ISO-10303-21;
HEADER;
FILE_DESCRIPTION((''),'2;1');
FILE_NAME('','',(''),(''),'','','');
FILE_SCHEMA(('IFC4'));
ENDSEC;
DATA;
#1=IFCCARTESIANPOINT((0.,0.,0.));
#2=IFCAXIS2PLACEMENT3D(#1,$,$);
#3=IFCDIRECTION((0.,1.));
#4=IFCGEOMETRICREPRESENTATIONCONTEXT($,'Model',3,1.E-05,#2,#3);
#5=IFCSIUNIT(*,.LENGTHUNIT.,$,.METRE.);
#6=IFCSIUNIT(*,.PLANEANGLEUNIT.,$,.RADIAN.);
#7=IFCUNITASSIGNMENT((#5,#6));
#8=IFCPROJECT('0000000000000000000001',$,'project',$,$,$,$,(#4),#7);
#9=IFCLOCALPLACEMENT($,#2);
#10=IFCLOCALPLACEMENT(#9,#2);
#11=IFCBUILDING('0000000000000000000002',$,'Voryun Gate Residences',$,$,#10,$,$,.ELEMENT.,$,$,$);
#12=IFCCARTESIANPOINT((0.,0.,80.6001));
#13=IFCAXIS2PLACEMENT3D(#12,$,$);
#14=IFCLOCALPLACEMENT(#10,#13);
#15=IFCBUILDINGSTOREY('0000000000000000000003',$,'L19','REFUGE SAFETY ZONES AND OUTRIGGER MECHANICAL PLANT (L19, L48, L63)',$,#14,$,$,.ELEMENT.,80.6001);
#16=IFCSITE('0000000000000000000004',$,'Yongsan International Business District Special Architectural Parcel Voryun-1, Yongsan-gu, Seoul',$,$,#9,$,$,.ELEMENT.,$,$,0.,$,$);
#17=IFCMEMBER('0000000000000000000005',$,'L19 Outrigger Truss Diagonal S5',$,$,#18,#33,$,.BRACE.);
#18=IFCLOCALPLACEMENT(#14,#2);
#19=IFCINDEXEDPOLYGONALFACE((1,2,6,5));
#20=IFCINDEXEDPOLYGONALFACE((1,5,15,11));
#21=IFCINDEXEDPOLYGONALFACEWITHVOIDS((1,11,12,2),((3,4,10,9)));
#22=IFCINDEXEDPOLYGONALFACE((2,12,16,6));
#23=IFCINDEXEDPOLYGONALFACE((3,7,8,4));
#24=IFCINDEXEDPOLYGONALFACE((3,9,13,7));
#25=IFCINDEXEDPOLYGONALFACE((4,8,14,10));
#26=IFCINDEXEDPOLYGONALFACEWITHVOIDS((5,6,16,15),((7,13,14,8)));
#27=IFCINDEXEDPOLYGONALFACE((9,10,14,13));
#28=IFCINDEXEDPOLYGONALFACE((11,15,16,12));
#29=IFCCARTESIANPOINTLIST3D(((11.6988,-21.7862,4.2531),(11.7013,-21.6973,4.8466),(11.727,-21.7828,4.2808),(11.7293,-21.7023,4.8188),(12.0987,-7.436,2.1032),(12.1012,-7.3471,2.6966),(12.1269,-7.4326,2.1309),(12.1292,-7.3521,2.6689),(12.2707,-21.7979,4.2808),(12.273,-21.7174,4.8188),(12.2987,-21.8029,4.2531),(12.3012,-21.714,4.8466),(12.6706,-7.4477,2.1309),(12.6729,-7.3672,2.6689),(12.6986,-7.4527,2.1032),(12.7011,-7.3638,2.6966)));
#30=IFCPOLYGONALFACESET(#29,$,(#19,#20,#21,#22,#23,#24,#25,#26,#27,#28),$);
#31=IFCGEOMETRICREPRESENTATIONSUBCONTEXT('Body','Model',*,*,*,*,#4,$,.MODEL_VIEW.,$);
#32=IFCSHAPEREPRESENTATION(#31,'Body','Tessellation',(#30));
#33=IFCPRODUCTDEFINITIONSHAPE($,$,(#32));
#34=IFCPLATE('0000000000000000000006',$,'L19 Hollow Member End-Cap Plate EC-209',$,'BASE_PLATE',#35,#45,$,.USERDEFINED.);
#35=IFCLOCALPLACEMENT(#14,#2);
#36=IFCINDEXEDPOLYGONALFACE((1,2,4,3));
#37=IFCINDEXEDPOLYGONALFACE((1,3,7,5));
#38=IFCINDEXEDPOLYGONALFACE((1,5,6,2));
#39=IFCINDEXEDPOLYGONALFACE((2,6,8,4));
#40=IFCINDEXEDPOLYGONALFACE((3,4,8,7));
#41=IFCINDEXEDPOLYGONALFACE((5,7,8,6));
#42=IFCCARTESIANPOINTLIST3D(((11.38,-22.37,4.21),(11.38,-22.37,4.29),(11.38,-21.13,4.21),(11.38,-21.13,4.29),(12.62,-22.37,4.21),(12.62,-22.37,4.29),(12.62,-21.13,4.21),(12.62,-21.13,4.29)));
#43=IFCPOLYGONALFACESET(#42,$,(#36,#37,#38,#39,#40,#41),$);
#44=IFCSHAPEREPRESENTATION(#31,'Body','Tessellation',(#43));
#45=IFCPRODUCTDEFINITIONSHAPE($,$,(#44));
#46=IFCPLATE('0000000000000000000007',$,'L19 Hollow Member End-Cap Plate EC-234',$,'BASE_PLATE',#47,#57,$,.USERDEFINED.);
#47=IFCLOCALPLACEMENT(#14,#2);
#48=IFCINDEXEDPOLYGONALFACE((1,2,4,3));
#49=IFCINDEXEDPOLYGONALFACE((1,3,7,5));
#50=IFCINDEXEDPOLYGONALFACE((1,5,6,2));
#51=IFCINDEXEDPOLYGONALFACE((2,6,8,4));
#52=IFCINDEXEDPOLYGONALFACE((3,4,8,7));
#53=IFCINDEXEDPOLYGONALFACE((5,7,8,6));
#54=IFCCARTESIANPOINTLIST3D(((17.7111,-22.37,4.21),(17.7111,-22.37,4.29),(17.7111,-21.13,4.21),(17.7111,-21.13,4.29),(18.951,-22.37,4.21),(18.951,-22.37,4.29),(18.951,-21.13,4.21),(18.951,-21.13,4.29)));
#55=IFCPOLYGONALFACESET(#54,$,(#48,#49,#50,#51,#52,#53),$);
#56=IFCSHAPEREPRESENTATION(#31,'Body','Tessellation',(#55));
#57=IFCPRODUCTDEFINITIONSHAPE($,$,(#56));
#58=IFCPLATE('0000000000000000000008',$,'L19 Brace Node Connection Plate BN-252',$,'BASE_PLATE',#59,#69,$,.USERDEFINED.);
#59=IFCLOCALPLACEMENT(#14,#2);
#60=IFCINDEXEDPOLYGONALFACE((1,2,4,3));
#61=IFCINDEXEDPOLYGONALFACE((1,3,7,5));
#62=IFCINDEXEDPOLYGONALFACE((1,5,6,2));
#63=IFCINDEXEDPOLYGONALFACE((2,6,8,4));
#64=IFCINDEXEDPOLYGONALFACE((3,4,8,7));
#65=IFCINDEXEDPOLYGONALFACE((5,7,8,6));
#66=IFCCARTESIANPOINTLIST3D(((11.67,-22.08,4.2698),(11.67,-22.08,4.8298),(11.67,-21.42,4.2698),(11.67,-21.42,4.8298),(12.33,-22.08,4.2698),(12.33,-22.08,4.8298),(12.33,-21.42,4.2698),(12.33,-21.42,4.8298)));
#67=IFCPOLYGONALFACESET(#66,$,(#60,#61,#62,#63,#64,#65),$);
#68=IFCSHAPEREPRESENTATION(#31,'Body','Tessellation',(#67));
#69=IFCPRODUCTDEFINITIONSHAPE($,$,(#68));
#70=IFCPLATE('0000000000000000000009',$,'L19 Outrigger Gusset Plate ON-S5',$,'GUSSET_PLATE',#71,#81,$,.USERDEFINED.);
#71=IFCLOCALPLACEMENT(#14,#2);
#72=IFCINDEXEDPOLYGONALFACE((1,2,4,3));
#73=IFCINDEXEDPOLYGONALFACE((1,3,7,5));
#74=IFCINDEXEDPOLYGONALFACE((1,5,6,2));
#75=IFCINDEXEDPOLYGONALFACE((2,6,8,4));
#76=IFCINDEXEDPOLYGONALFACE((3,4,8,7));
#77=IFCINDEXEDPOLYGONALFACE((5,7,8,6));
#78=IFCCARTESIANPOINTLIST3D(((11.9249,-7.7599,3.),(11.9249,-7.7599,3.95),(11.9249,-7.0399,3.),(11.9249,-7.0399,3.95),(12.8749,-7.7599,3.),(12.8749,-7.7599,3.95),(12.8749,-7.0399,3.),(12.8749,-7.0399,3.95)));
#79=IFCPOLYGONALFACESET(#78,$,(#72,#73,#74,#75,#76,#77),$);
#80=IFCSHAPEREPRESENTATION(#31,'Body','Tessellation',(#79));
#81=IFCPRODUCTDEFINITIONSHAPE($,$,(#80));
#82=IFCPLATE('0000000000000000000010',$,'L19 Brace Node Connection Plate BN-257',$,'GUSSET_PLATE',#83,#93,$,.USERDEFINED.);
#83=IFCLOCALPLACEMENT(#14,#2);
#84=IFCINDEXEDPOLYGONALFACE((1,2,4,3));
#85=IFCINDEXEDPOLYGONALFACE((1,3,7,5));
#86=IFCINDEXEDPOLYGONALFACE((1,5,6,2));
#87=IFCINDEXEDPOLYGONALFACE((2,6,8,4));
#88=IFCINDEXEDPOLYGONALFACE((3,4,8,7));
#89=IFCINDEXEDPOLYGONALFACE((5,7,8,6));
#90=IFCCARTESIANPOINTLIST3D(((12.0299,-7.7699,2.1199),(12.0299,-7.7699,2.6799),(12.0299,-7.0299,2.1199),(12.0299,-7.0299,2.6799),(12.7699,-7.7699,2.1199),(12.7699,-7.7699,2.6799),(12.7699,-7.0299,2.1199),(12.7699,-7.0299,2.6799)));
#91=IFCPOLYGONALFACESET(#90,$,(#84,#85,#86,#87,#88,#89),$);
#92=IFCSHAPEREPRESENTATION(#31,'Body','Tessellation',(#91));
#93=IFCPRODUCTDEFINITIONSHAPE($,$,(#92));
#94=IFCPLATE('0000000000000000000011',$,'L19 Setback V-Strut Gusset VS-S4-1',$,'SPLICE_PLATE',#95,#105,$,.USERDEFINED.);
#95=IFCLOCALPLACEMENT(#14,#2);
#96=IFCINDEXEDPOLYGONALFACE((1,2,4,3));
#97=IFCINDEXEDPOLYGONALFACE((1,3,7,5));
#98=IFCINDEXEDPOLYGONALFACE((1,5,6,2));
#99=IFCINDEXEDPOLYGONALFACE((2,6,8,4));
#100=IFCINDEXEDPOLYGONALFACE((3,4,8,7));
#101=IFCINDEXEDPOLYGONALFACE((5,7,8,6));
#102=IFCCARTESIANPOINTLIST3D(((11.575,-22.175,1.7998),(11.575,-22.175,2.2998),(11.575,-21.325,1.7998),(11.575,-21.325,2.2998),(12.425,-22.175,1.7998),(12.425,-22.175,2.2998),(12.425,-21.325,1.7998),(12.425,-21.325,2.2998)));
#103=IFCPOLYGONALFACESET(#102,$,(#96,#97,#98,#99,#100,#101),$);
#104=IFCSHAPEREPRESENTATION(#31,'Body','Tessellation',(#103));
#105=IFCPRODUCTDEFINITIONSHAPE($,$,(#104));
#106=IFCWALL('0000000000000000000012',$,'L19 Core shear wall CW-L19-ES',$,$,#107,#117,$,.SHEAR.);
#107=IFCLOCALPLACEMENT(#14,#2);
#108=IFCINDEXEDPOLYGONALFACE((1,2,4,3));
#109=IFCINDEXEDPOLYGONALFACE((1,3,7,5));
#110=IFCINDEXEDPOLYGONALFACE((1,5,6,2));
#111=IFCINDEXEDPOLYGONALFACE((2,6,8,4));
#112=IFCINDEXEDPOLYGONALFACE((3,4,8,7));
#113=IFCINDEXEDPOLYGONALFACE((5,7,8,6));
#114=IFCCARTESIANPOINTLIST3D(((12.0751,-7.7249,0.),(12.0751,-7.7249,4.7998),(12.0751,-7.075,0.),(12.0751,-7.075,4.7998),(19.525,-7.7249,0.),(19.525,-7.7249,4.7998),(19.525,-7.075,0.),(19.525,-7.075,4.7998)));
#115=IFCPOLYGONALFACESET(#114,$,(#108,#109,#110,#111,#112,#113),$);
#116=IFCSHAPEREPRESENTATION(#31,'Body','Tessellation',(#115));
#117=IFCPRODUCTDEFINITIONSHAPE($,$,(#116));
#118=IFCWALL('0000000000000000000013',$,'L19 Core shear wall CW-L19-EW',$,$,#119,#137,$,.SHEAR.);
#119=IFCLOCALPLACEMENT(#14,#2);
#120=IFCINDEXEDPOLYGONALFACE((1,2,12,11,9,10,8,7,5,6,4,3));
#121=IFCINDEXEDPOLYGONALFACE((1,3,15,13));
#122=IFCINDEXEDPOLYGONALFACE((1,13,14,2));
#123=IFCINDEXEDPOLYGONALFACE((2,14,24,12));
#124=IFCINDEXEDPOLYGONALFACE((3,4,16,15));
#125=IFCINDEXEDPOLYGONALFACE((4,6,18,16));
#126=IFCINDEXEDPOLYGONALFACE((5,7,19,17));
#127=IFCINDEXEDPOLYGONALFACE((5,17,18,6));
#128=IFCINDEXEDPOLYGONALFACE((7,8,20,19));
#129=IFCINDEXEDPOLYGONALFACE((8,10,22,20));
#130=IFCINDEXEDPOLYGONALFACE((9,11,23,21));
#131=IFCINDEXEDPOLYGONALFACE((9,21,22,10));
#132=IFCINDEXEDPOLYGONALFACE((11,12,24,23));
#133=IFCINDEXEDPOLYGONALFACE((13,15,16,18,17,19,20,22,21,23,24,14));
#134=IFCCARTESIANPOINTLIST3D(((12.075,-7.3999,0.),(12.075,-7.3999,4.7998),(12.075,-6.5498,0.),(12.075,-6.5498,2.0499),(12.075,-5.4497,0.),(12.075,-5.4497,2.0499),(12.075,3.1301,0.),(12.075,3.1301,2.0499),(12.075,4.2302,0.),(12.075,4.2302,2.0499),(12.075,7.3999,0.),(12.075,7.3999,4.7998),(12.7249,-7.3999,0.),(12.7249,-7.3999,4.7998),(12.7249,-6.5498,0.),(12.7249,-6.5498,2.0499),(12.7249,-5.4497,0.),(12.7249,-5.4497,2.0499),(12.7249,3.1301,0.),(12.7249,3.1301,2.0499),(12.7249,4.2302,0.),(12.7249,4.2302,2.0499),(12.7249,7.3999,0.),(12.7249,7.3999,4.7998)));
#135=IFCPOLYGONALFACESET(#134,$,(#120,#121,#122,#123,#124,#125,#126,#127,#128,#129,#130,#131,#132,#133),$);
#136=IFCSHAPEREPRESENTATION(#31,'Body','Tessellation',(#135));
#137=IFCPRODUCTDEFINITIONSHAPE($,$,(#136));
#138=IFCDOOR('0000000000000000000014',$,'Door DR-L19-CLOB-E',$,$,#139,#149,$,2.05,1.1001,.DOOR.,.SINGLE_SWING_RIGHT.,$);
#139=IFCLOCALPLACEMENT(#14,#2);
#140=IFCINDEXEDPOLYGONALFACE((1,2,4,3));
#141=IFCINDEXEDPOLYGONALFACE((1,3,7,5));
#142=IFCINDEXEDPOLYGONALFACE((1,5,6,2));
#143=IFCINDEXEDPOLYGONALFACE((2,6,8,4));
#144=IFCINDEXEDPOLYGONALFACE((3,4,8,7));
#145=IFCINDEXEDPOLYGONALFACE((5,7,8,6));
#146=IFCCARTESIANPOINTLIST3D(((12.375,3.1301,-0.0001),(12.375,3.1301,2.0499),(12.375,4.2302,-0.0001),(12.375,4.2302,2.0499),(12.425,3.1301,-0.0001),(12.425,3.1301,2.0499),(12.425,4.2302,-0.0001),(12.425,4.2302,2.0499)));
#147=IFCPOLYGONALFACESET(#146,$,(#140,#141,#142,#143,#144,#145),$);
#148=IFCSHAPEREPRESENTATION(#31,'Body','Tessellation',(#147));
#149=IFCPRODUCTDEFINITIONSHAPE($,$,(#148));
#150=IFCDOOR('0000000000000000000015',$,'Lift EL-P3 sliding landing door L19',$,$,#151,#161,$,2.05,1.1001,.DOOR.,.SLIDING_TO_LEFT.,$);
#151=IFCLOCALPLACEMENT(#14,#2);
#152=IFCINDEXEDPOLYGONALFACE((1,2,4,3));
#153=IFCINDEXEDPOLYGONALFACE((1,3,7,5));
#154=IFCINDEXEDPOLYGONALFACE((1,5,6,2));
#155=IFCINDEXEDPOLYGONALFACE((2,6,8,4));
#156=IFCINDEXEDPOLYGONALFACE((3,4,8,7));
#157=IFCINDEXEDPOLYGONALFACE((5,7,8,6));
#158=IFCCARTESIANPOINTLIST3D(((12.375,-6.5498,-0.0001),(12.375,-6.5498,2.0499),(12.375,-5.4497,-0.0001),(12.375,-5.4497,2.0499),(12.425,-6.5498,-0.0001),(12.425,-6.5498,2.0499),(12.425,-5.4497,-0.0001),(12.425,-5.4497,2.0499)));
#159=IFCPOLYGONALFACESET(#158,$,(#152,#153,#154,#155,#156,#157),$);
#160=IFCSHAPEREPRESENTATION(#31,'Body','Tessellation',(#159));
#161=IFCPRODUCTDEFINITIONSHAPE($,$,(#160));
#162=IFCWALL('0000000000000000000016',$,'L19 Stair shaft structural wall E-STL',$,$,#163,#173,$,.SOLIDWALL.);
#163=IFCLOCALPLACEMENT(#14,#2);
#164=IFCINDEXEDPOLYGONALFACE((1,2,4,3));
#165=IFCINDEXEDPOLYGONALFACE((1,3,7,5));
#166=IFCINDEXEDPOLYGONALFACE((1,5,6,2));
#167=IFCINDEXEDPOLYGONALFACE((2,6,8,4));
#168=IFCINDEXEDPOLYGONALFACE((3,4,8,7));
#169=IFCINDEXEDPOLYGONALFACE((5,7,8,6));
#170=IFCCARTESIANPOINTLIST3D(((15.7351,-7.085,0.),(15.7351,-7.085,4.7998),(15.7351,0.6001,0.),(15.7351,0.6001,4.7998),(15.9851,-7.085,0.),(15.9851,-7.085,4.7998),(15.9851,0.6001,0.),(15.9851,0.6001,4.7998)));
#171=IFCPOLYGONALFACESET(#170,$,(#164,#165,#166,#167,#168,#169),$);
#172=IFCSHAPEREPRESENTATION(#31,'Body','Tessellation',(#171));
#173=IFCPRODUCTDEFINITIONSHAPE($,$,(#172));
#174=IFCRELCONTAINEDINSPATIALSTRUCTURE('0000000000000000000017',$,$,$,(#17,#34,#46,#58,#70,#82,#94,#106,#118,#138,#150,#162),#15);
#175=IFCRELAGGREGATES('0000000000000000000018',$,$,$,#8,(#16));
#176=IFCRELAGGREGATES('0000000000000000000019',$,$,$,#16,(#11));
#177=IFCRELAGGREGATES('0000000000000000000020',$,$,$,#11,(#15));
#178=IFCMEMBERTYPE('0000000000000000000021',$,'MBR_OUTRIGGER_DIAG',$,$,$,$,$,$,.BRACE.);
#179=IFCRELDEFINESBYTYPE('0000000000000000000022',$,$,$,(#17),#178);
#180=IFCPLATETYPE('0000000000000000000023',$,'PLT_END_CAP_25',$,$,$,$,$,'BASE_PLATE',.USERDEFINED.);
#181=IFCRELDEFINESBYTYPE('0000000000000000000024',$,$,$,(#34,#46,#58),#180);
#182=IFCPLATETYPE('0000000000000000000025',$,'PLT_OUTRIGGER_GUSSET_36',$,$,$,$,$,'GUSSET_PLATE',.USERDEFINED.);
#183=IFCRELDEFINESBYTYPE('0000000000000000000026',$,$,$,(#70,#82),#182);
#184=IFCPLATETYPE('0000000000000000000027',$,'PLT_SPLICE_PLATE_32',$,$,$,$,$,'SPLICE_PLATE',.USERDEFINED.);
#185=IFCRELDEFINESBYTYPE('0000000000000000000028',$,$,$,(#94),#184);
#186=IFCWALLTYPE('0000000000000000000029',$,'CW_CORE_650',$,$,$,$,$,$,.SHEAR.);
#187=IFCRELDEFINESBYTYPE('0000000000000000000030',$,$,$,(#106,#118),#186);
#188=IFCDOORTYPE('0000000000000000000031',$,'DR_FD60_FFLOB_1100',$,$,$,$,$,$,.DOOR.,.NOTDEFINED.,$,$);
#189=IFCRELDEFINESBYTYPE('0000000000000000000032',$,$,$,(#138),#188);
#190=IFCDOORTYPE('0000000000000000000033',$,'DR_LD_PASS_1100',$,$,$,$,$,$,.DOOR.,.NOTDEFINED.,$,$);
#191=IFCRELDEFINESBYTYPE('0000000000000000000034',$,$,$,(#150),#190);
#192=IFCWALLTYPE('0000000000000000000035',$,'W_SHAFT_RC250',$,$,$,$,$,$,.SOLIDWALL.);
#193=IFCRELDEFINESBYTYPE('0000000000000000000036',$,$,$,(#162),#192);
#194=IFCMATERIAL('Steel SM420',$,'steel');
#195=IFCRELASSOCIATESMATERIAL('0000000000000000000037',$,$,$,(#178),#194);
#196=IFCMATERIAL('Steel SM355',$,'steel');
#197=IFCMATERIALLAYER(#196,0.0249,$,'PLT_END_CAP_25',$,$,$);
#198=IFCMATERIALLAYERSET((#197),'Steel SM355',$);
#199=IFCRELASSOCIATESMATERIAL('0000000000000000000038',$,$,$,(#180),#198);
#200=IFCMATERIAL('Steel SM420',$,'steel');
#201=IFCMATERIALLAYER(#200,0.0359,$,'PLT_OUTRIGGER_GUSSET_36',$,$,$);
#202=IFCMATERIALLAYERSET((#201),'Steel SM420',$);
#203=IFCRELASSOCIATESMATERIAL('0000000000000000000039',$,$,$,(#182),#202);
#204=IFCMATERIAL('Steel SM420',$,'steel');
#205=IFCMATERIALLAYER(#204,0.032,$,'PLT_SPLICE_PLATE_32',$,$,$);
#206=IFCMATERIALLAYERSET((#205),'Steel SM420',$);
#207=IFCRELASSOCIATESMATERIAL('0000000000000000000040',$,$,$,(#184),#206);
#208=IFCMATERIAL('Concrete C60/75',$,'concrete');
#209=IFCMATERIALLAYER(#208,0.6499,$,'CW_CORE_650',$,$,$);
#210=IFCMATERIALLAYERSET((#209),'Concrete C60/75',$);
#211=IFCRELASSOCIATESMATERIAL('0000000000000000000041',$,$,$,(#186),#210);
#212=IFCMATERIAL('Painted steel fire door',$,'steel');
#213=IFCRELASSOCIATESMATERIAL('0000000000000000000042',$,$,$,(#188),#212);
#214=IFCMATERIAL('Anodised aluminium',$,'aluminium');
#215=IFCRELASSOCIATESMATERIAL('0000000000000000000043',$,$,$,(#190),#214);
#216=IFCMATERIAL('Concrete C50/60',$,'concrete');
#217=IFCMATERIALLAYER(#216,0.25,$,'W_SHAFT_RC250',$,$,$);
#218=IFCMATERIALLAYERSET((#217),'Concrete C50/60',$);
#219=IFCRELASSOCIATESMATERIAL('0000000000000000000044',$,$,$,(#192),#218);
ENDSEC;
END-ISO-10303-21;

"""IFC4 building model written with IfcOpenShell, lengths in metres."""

from ifc_helpers import new_model, si_unit, direction, frame, frame_2d, origin, origin_2d, place, context, subcontext, project, spatial, rectangle, hollow_rectangle, extrude, material, layer, layer_set, material_profile, profile_set, type_object, element, fill, save


model = new_model("IFC4")

# Units and contexts
model_context = context("Model", 3, precision=1e-05, world=origin(), true_north=direction((0.0, 1.0)))
body_context = subcontext(model_context, "Body", "Model", "MODEL_VIEW")
ifc_project = project(units=[si_unit("LENGTHUNIT", "METRE"), si_unit("PLANEANGLEUNIT", "RADIAN")], contexts=[model_context])

# Site, building, storey
site_placement = place(None, origin())
site = spatial("IfcSite", under=ifc_project, at=site_placement, Name="Yongsan International Business District Special Architectural Parcel Voryun-1, Yongsan-gu, Seoul", CompositionType="ELEMENT", RefElevation=0.0)
building_placement = place(site_placement, origin())
building = spatial("IfcBuilding", under=site, at=building_placement, Name="Voryun Gate Residences", CompositionType="ELEMENT")
storey_placement = place(building_placement, frame((0.0, 0.0, 80.6001)))
storey = spatial("IfcBuildingStorey", under=building, at=storey_placement, Name="L19", Description="REFUGE SAFETY ZONES AND OUTRIGGER MECHANICAL PLANT (L19, L48, L63)", CompositionType="ELEMENT", Elevation=80.6001)

# Member
ifc_material_1 = material(Name="Steel SM420", Category="steel")
ifc_material_profile_1 = material_profile(ifc_material_1, hollow_rectangle(XDim=0.6001, YDim=0.6001, WallThickness=0.0281, at=origin_2d()), Name="BOX-600x600x28")
ifc_profile_set_1 = profile_set([ifc_material_profile_1], Name="Steel SM420")
member_type_1 = type_object("IfcMemberType", Name="MBR_OUTRIGGER_DIAG", PredefinedType="BRACE", material=ifc_profile_set_1)
member_1_placement = place(storey_placement, frame((12.3999, -7.3999, 2.3999), z_axis=(-0.02755, -0.988587, 0.148108), x_axis=(0.999612, -0.027857, 0.0)))
element("IfcMember", 1, at=member_1_placement, inside=storey, type_object=member_type_1, Name="L19 Outrigger Truss Diagonal S5", PredefinedType="BRACE", context=body_context, shape_type="SweptSolid", body=[
    extrude(hollow_rectangle(XDim=0.6001, YDim=0.6001, WallThickness=0.0281, at=origin_2d()), origin(), (0.0, 0.0, 1.0), 14.5159),
])

# Plates
ifc_material_2 = material(Name="Steel SM355", Category="steel")
ifc_layer_1 = layer(ifc_material_2, 0.0249, Name="PLT_END_CAP_25")
ifc_layer_set_1 = layer_set([ifc_layer_1], Name="Steel SM355")
plate_type_1 = type_object("IfcPlateType", Name="PLT_END_CAP_25", ElementType="BASE_PLATE", PredefinedType="USERDEFINED", material=ifc_layer_set_1)
for number, where, z_axis, x_axis, name in (
    (2, (12.0, -21.75, 4.21), (0.0, 0.0, 1.0), (1.0, 0.0, 0.0), "L19 Hollow Member End-Cap Plate EC-209"),
    (3, (18.3311, -21.75, 4.21), (0.0, 0.0, 1.0), (1.0, 0.0, 0.0), "L19 Hollow Member End-Cap Plate EC-234"),
):
    element("IfcPlate", number, at=place(storey_placement, frame(where, z_axis=z_axis, x_axis=x_axis)), inside=storey, type_object=plate_type_1, Name=name, ObjectType="BASE_PLATE", PredefinedType="USERDEFINED", context=body_context, shape_type="SweptSolid", body=[
        extrude(rectangle(XDim=1.24, YDim=1.24, at=origin_2d()), origin(), (0.0, 0.0, 1.0), 0.0801),
    ])
plate_1_placement = place(storey_placement, frame((12.0, -21.75, 4.2698), z_axis=(0.0, 0.0, 1.0), x_axis=(1.0, 0.0, 0.0)))
element("IfcPlate", 4, at=plate_1_placement, inside=storey, type_object=plate_type_1, Name="L19 Brace Node Connection Plate BN-252", ObjectType="BASE_PLATE", PredefinedType="USERDEFINED", context=body_context, shape_type="SweptSolid", body=[
    extrude(rectangle(XDim=0.6599, YDim=0.6599, at=origin_2d()), origin(), (0.0, 0.0, 1.0), 0.5601),
])
ifc_material_3 = material(Name="Steel SM420", Category="steel")
ifc_layer_2 = layer(ifc_material_3, 0.0359, Name="PLT_OUTRIGGER_GUSSET_36")
ifc_layer_set_2 = layer_set([ifc_layer_2], Name="Steel SM420")
plate_type_2 = type_object("IfcPlateType", Name="PLT_OUTRIGGER_GUSSET_36", ElementType="GUSSET_PLATE", PredefinedType="USERDEFINED", material=ifc_layer_set_2)
plate_2_placement = place(storey_placement, frame((12.3999, -7.3999, 3.0), z_axis=(0.0, 0.0, 1.0), x_axis=(1.0, 0.0, 0.0)))
element("IfcPlate", 5, at=plate_2_placement, inside=storey, type_object=plate_type_2, Name="L19 Outrigger Gusset Plate ON-S5", ObjectType="GUSSET_PLATE", PredefinedType="USERDEFINED", context=body_context, shape_type="SweptSolid", body=[
    extrude(rectangle(XDim=0.95, YDim=0.72, at=origin_2d()), origin(), (0.0, 0.0, 1.0), 0.95),
])
plate_3_placement = place(storey_placement, frame((12.3999, -7.3999, 2.1199), z_axis=(0.0, 0.0, 1.0), x_axis=(1.0, 0.0, 0.0)))
element("IfcPlate", 6, at=plate_3_placement, inside=storey, type_object=plate_type_2, Name="L19 Brace Node Connection Plate BN-257", ObjectType="GUSSET_PLATE", PredefinedType="USERDEFINED", context=body_context, shape_type="SweptSolid", body=[
    extrude(rectangle(XDim=0.74, YDim=0.74, at=origin_2d()), origin(), (0.0, 0.0, 1.0), 0.5601),
])
ifc_material_4 = material(Name="Steel SM420", Category="steel")
ifc_layer_3 = layer(ifc_material_4, 0.032, Name="PLT_SPLICE_PLATE_32")
ifc_layer_set_3 = layer_set([ifc_layer_3], Name="Steel SM420")
plate_type_3 = type_object("IfcPlateType", Name="PLT_SPLICE_PLATE_32", ElementType="SPLICE_PLATE", PredefinedType="USERDEFINED", material=ifc_layer_set_3)
plate_4_placement = place(storey_placement, frame((12.0, -21.75, 1.7998), z_axis=(0.0, 0.0, 1.0), x_axis=(1.0, 0.0, 0.0)))
element("IfcPlate", 7, at=plate_4_placement, inside=storey, type_object=plate_type_3, Name="L19 Setback V-Strut Gusset VS-S4-1", ObjectType="SPLICE_PLATE", PredefinedType="USERDEFINED", context=body_context, shape_type="SweptSolid", body=[
    extrude(rectangle(XDim=0.8501, YDim=0.8501, at=origin_2d()), origin(), (0.0, 0.0, 1.0), 0.5),
])

# Wall
ifc_material_5 = material(Name="Concrete C60/75", Category="concrete")
ifc_layer_4 = layer(ifc_material_5, 0.6499, Name="CW_CORE_650")
ifc_layer_set_4 = layer_set([ifc_layer_4], Name="Concrete C60/75")
wall_type_1 = type_object("IfcWallType", Name="CW_CORE_650", PredefinedType="SHEAR", material=ifc_layer_set_4)
wall_1_placement = place(storey_placement, frame((12.075, -7.3999, 0.0), z_axis=(0.0, 0.0, 1.0), x_axis=(1.0, 0.0, 0.0)))
element("IfcWall", 8, at=wall_1_placement, inside=storey, type_object=wall_type_1, Name="L19 Core shear wall CW-L19-ES", PredefinedType="SHEAR", context=body_context, shape_type="SweptSolid", body=[
    extrude(rectangle(XDim=7.45, YDim=0.6499, at=frame_2d((3.7251, 0.0))), origin(), (0.0, 0.0, 1.0), 4.7998),
])

# Wall, openings, doors
wall_2_placement = place(storey_placement, frame((12.3999, -7.3999, 0.0), z_axis=(0.0, 0.0, 1.0), x_axis=(0.0, 1.0, 0.0)))
wall_2 = element("IfcWall", 9, at=wall_2_placement, inside=storey, type_object=wall_type_1, Name="L19 Core shear wall CW-L19-EW", PredefinedType="SHEAR", context=body_context, shape_type="SweptSolid", body=[
    extrude(rectangle(XDim=14.7998, YDim=0.6499, at=frame_2d((7.3999, 0.0))), origin(), (0.0, 0.0, 1.0), 4.7998),
])
opening_1_placement = place(wall_2_placement, frame((0.8501, 0.0, 0.0)))
opening_1 = element("IfcOpeningElement", 10, at=opening_1_placement, cuts=wall_2, PredefinedType="OPENING", context=body_context, shape_type="SweptSolid", body=[
    extrude(rectangle(XDim=1.1001, YDim=2.05, at=frame_2d((0.55, 1.0249))), frame((0.0, 0.335, 0.0), z_axis=(0.0, -1.0, 0.0), x_axis=(1.0, 0.0, 0.0)), (0.0, 0.0, 1.0), 0.6699),
])
opening_2_placement = place(wall_2_placement, frame((10.53, 0.0, 0.0)))
opening_2 = element("IfcOpeningElement", 11, at=opening_2_placement, cuts=wall_2, PredefinedType="OPENING", context=body_context, shape_type="SweptSolid", body=[
    extrude(rectangle(XDim=1.1001, YDim=2.05, at=frame_2d((0.55, 1.0249))), frame((0.0, 0.335, 0.0), z_axis=(0.0, -1.0, 0.0), x_axis=(1.0, 0.0, 0.0)), (0.0, 0.0, 1.0), 0.6699),
])
ifc_material_6 = material(Name="Painted steel fire door", Category="steel")
door_type_1 = type_object("IfcDoorType", Name="DR_FD60_FFLOB_1100", OperationType="NOTDEFINED", PredefinedType="DOOR", material=ifc_material_6)
door_1_placement = place(opening_2_placement, origin())
door_1 = element("IfcDoor", 12, at=door_1_placement, inside=storey, type_object=door_type_1, Name="Door DR-L19-CLOB-E", OperationType="SINGLE_SWING_RIGHT", OverallHeight=2.05, OverallWidth=1.1001, PredefinedType="DOOR", context=body_context, shape_type="SweptSolid", body=[
    extrude(rectangle(XDim=1.1001, YDim=2.05, at=frame_2d((0.55, 1.0249))), frame((0.0, 0.0249, 0.0), z_axis=(0.0, -1.0, 0.0), x_axis=(1.0, 0.0, 0.0)), (0.0, 0.0, 1.0), 0.05),
])
fill(opening_2, door_1)
ifc_material_7 = material(Name="Anodised aluminium", Category="aluminium")
door_type_2 = type_object("IfcDoorType", Name="DR_LD_PASS_1100", OperationType="NOTDEFINED", PredefinedType="DOOR", material=ifc_material_7)
door_2_placement = place(opening_1_placement, origin())
door_2 = element("IfcDoor", 13, at=door_2_placement, inside=storey, type_object=door_type_2, Name="Lift EL-P3 sliding landing door L19", OperationType="SLIDING_TO_LEFT", OverallHeight=2.05, OverallWidth=1.1001, PredefinedType="DOOR", context=body_context, shape_type="SweptSolid", body=[
    extrude(rectangle(XDim=1.1001, YDim=2.05, at=frame_2d((0.55, 1.0249))), frame((0.0, 0.0249, 0.0), z_axis=(0.0, -1.0, 0.0), x_axis=(1.0, 0.0, 0.0)), (0.0, 0.0, 1.0), 0.05),
])
fill(opening_1, door_2)

# Wall
ifc_material_8 = material(Name="Concrete C50/60", Category="concrete")
ifc_layer_5 = layer(ifc_material_8, 0.25, Name="W_SHAFT_RC250")
ifc_layer_set_5 = layer_set([ifc_layer_5], Name="Concrete C50/60")
wall_type_2 = type_object("IfcWallType", Name="W_SHAFT_RC250", PredefinedType="SOLIDWALL", material=ifc_layer_set_5)
wall_3_placement = place(storey_placement, frame((15.8601, -7.085, 0.0), z_axis=(0.0, 0.0, 1.0), x_axis=(0.0, 1.0, 0.0)))
element("IfcWall", 14, at=wall_3_placement, inside=storey, type_object=wall_type_2, Name="L19 Stair shaft structural wall E-STL", PredefinedType="SOLIDWALL", context=body_context, shape_type="SweptSolid", body=[
    extrude(rectangle(XDim=7.6851, YDim=0.25, at=frame_2d((3.8425, 0.0))), origin(), (0.0, 0.0, 1.0), 4.7998),
])

save(model, "model.ifc")
